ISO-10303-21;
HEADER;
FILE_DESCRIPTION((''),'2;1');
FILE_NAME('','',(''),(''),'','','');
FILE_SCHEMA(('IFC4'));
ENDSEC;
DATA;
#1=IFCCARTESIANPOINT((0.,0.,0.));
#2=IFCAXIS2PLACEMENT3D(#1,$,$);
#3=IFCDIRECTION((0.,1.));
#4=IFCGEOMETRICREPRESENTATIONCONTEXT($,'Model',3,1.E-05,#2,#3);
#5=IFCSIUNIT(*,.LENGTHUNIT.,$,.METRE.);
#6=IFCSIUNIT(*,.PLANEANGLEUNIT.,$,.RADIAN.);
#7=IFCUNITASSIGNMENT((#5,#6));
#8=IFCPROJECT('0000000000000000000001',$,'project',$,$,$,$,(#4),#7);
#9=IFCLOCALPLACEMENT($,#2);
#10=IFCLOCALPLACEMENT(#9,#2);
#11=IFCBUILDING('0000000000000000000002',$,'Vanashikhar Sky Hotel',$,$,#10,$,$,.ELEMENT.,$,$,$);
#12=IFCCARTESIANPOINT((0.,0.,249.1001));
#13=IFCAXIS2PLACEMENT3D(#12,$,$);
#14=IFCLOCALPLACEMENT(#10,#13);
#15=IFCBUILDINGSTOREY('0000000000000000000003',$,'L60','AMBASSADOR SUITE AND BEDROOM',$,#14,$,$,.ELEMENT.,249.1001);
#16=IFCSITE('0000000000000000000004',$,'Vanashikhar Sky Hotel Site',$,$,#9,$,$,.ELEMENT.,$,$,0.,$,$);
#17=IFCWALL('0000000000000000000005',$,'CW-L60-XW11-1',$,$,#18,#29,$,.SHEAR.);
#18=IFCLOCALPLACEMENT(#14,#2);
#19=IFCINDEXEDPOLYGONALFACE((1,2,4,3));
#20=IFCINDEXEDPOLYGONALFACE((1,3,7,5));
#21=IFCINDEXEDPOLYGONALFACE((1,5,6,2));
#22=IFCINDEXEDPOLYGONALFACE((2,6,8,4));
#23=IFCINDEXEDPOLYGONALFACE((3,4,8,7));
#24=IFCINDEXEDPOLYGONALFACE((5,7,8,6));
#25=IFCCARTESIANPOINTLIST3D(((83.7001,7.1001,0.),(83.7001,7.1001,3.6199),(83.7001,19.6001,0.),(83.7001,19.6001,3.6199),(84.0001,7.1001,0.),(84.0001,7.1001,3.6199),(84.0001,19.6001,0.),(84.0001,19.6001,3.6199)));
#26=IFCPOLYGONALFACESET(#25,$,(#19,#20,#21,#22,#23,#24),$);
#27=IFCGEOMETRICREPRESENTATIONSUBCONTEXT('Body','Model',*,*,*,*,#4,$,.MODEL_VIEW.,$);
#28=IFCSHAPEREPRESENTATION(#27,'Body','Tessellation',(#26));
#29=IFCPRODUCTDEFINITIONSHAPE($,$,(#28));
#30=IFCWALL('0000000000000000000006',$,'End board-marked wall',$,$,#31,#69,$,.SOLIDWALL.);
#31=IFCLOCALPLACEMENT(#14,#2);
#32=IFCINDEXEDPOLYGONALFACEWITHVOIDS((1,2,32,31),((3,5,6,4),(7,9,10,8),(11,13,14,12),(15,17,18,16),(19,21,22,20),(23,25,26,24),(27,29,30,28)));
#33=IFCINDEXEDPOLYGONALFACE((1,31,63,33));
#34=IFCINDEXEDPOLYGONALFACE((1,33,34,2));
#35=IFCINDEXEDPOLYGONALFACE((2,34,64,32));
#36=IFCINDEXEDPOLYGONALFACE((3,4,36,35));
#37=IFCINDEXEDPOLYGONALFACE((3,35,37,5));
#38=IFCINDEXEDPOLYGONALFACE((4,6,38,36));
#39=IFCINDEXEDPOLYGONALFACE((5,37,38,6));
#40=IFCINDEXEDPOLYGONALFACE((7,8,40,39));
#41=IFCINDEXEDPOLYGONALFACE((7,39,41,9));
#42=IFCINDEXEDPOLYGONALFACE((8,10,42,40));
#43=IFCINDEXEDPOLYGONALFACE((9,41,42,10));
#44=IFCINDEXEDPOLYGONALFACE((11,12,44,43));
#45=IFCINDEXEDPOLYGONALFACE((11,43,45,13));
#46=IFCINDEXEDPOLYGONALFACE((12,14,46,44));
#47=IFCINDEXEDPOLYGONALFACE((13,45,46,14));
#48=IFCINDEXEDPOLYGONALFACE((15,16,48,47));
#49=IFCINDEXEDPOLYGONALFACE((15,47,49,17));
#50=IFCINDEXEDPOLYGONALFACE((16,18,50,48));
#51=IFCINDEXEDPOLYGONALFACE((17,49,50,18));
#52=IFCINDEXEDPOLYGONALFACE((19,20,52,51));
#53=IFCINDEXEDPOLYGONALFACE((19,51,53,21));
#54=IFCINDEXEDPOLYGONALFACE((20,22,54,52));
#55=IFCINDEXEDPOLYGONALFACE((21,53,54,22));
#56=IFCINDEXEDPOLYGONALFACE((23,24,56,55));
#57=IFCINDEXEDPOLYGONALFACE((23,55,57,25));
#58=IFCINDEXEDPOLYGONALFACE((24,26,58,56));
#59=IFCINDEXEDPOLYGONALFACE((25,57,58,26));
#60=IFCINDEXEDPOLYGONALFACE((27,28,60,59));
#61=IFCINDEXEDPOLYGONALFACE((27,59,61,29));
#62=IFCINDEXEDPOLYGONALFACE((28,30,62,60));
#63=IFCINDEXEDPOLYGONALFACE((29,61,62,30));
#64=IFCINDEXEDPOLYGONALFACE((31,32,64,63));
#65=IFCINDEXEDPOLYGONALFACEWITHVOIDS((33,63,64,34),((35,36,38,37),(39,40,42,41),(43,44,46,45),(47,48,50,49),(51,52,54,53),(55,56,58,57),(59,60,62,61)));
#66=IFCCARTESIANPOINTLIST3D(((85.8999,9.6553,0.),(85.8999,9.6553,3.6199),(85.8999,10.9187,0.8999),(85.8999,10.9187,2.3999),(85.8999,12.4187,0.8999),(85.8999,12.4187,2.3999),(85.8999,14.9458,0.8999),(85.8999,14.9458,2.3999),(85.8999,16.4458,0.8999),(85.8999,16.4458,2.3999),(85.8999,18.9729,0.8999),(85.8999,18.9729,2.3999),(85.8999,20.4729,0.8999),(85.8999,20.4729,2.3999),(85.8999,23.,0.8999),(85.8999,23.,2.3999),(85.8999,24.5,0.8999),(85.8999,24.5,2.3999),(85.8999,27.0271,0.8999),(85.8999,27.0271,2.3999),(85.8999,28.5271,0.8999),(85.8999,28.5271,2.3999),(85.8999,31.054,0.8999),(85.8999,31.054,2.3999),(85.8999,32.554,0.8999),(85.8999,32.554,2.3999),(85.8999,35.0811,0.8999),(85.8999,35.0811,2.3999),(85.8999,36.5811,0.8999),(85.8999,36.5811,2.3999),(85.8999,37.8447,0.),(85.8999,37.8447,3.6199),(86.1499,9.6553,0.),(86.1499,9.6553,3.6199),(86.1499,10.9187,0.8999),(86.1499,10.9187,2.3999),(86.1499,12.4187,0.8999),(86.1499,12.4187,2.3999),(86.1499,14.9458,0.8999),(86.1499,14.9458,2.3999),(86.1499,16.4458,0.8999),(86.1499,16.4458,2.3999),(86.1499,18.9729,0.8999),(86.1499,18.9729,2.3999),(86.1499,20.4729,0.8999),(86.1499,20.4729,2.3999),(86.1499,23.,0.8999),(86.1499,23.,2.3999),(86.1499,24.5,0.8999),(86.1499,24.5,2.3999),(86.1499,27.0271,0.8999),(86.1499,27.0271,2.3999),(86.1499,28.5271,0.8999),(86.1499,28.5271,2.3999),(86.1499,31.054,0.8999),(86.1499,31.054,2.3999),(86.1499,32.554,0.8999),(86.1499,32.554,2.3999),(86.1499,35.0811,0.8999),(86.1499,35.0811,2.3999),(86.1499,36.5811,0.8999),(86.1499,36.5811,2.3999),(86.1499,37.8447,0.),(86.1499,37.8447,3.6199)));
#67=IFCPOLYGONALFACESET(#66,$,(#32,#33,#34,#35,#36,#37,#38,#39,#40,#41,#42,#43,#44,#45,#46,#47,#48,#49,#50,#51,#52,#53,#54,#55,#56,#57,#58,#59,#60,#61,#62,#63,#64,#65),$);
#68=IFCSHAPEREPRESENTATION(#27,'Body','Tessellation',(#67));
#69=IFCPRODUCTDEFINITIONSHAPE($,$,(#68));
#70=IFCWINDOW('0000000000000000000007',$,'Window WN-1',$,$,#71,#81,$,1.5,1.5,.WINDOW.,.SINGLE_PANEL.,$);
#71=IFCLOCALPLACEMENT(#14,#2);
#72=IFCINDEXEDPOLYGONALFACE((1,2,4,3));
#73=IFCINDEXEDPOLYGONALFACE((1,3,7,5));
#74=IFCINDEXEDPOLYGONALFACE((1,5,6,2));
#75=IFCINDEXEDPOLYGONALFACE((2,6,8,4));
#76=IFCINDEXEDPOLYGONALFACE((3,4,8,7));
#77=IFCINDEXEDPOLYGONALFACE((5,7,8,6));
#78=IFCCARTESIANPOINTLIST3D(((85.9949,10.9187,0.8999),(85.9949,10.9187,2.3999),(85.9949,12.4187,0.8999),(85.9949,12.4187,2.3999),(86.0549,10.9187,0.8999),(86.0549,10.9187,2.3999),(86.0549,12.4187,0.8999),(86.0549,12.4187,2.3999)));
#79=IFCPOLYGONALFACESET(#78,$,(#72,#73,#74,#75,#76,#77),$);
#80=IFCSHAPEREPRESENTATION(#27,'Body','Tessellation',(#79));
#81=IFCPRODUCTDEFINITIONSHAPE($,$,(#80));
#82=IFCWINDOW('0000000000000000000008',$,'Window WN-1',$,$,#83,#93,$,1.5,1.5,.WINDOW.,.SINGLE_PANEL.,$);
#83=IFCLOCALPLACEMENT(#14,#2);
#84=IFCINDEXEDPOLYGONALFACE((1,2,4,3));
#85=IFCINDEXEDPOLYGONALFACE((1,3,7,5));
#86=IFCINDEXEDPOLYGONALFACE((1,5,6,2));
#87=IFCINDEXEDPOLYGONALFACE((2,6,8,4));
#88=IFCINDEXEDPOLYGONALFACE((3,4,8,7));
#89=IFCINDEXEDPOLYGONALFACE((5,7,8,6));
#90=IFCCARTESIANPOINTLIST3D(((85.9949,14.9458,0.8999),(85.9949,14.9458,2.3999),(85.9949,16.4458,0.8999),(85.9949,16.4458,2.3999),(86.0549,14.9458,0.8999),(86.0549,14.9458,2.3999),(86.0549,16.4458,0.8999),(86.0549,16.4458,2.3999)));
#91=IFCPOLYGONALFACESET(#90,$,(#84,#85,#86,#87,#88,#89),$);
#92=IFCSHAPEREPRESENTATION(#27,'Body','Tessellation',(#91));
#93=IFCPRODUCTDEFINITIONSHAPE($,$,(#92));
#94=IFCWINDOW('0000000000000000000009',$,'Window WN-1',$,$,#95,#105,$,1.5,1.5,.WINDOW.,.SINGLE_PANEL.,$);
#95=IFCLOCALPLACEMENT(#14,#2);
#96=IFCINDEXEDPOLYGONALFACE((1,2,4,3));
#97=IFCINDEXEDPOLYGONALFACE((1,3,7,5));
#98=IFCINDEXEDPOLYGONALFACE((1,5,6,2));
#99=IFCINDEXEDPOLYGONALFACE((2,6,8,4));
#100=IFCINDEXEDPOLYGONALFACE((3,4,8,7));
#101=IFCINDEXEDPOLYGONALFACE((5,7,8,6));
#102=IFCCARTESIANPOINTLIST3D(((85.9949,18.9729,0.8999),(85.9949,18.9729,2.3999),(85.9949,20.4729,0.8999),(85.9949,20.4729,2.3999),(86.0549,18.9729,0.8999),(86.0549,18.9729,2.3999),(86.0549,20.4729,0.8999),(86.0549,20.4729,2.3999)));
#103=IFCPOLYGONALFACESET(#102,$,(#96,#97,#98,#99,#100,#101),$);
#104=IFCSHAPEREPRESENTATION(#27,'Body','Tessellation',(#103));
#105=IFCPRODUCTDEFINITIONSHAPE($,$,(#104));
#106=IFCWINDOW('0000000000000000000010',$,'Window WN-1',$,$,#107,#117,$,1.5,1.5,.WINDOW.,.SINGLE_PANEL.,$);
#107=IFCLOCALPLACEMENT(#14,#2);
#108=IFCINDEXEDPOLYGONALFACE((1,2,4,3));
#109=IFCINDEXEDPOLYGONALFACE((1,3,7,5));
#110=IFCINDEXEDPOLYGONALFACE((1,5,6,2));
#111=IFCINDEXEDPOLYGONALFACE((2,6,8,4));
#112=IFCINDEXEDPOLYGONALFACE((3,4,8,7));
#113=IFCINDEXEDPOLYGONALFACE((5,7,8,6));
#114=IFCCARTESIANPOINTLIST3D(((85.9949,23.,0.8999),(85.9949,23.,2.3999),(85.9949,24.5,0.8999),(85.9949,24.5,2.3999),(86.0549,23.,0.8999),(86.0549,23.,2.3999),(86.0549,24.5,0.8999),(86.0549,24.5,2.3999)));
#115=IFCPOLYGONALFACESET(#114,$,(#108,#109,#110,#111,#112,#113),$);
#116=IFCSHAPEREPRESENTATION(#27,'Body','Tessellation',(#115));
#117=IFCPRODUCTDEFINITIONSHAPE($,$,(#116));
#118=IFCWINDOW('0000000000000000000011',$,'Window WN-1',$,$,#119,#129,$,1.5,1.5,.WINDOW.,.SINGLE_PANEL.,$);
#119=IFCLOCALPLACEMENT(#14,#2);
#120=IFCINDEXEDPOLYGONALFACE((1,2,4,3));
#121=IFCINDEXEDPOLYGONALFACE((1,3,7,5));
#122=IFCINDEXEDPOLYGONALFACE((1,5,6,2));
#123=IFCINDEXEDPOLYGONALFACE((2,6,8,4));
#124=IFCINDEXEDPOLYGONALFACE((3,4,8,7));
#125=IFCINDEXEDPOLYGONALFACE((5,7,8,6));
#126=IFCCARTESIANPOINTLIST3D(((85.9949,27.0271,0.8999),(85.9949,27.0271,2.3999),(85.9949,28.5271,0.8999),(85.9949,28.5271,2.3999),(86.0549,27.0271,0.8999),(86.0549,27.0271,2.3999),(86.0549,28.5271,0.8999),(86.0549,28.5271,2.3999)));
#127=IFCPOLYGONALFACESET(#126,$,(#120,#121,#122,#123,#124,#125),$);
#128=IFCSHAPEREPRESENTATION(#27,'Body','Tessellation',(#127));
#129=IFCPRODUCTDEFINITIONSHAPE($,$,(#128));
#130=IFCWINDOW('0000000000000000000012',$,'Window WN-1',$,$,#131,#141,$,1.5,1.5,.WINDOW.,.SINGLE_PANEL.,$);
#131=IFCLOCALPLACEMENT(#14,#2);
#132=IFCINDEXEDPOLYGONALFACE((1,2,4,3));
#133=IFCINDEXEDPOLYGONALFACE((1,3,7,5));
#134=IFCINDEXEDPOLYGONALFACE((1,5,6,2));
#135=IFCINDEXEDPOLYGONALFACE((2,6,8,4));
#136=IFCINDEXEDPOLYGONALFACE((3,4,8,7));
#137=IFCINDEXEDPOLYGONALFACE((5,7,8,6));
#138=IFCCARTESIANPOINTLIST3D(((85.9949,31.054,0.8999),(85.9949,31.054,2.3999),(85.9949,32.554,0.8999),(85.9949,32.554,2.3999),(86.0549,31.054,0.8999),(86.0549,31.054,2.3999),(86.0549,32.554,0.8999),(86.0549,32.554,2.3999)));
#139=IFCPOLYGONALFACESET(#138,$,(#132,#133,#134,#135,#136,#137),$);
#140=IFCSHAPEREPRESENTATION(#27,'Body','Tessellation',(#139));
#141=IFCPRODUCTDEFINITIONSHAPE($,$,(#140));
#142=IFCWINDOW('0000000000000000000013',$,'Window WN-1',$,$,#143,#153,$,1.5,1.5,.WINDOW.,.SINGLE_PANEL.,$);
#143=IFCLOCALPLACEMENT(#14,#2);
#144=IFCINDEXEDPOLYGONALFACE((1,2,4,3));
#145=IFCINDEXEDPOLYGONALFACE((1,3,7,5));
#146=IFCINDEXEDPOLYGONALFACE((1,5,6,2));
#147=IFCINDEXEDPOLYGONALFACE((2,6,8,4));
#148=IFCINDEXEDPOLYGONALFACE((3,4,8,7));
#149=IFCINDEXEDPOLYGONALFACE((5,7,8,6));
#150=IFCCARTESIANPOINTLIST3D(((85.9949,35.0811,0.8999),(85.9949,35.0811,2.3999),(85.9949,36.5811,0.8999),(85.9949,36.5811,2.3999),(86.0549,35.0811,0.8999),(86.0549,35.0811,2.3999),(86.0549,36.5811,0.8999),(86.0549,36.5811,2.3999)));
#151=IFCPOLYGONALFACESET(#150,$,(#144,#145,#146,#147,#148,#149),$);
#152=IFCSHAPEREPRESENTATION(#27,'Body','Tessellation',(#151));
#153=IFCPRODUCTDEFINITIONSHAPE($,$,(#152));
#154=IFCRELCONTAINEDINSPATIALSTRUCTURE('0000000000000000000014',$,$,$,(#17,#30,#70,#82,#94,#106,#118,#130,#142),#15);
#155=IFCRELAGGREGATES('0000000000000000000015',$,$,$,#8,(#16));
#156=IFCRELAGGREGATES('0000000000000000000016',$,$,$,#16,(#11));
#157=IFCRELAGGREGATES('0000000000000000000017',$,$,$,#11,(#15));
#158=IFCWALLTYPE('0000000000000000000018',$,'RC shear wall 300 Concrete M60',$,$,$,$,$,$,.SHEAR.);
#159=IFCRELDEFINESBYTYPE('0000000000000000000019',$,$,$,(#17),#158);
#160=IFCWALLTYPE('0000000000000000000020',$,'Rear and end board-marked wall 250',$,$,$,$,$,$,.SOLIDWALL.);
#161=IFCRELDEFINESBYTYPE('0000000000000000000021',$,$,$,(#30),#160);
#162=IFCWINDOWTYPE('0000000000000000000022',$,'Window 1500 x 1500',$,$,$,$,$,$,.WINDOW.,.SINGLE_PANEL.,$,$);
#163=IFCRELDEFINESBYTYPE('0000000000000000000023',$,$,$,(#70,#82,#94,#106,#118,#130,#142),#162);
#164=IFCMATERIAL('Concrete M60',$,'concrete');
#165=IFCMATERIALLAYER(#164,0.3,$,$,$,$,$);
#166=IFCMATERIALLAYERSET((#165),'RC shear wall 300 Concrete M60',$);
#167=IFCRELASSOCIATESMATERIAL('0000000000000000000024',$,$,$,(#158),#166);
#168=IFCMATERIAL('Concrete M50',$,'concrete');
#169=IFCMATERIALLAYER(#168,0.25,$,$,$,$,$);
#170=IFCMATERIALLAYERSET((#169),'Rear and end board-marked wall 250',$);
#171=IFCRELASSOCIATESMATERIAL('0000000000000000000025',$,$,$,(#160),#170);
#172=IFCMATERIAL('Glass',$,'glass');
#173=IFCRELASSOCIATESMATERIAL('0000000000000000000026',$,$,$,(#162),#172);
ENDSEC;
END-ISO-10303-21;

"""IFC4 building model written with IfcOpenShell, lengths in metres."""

from ifc_helpers import new_model, si_unit, direction, frame, frame_2d, origin, place, context, subcontext, project, spatial, rectangle, extrude, source, transform, mapped, material, layer, layer_set, type_object, element, fill, save


model = new_model("IFC4")

# Units and contexts
model_context = context("Model", 3, precision=1e-05, world=origin(), true_north=direction((0.0, 1.0)))
body_context = subcontext(model_context, "Body", "Model", "MODEL_VIEW")
ifc_project = project(units=[si_unit("LENGTHUNIT", "METRE"), si_unit("PLANEANGLEUNIT", "RADIAN")], contexts=[model_context])

# Site, building, storey
site_placement = place(None, origin())
site = spatial("IfcSite", under=ifc_project, at=site_placement, Name="Vanashikhar Sky Hotel Site", CompositionType="ELEMENT", RefElevation=0.0)
building_placement = place(site_placement, origin())
building = spatial("IfcBuilding", under=site, at=building_placement, Name="Vanashikhar Sky Hotel", CompositionType="ELEMENT")
storey_placement = place(building_placement, frame((0.0, 0.0, 249.1001)))
storey = spatial("IfcBuildingStorey", under=building, at=storey_placement, Name="L60", Description="AMBASSADOR SUITE AND BEDROOM", CompositionType="ELEMENT", Elevation=249.1001)

# Wall
ifc_material_1 = material(Name="Concrete M60", Category="concrete")
ifc_layer_1 = layer(ifc_material_1, 0.3)
ifc_layer_set_1 = layer_set([ifc_layer_1], Name="RC shear wall 300 Concrete M60")
wall_type_1 = type_object("IfcWallType", Name="RC shear wall 300 Concrete M60", PredefinedType="SHEAR", material=ifc_layer_set_1)
shared_shape_1 = source(origin(), body_context, "Body", "SweptSolid", [
    extrude(rectangle(XDim=12.5, YDim=0.3, at=frame_2d((6.25, 0.0))), origin(), (0.0, 0.0, 1.0), 3.6199),
])
wall_1_placement = place(storey_placement, frame((83.8501, 7.1001, 0.0), z_axis=(0.0, 0.0, 1.0), x_axis=(0.0, 1.0, 0.0)))
element("IfcWall", 1, at=wall_1_placement, inside=storey, type_object=wall_type_1, Name="CW-L60-XW11-1", PredefinedType="SHEAR", context=body_context, shape_type="MappedRepresentation", body=[
    mapped(shared_shape_1, transform((0.0, 0.0, 0.0), scale=1.0)),
])

# Wall, openings, windows
ifc_material_2 = material(Name="Concrete M50", Category="concrete")
ifc_layer_2 = layer(ifc_material_2, 0.25)
ifc_layer_set_2 = layer_set([ifc_layer_2], Name="Rear and end board-marked wall 250")
wall_type_2 = type_object("IfcWallType", Name="Rear and end board-marked wall 250", PredefinedType="SOLIDWALL", material=ifc_layer_set_2)
shared_shape_2 = source(origin(), body_context, "Body", "SweptSolid", [
    extrude(rectangle(XDim=28.1895, YDim=0.25, at=frame_2d((14.0947, 0.0))), origin(), (0.0, 0.0, 1.0), 3.6199),
])
wall_2_placement = place(storey_placement, frame((86.0249, 9.6553, 0.0), z_axis=(0.0, 0.0, 1.0), x_axis=(0.0, 1.0, 0.0)))
wall_2 = element("IfcWall", 2, at=wall_2_placement, inside=storey, type_object=wall_type_2, Name="End board-marked wall", PredefinedType="SOLIDWALL", context=body_context, shape_type="MappedRepresentation", body=[
    mapped(shared_shape_2, transform((0.0, 0.0, 0.0), scale=1.0)),
])
shared_shape_3 = source(origin(), body_context, "Body", "SweptSolid", [
    extrude(rectangle(XDim=1.5, YDim=1.5, at=frame_2d((0.75, 0.75))), frame((0.0, 0.135, 0.0), z_axis=(0.0, -1.0, 0.0), x_axis=(1.0, 0.0, 0.0)), (0.0, 0.0, 1.0), 0.27),
])
opening_1_placement = place(wall_2_placement, frame((1.2634, 0.0, 0.8999)))
opening_1 = element("IfcOpeningElement", 3, at=opening_1_placement, cuts=wall_2, PredefinedType="OPENING", context=body_context, shape_type="MappedRepresentation", body=[
    mapped(shared_shape_3, transform((0.0, 0.0, 0.0), scale=1.0)),
])
opening_2_placement = place(wall_2_placement, frame((5.2905, 0.0, 0.8999)))
opening_2 = element("IfcOpeningElement", 4, at=opening_2_placement, cuts=wall_2, PredefinedType="OPENING", context=body_context, shape_type="MappedRepresentation", body=[
    mapped(shared_shape_3, transform((0.0, 0.0, 0.0), scale=1.0)),
])
opening_3_placement = place(wall_2_placement, frame((9.3176, 0.0, 0.8999)))
opening_3 = element("IfcOpeningElement", 5, at=opening_3_placement, cuts=wall_2, PredefinedType="OPENING", context=body_context, shape_type="MappedRepresentation", body=[
    mapped(shared_shape_3, transform((0.0, 0.0, 0.0), scale=1.0)),
])
opening_4_placement = place(wall_2_placement, frame((13.3447, 0.0, 0.8999)))
opening_4 = element("IfcOpeningElement", 6, at=opening_4_placement, cuts=wall_2, PredefinedType="OPENING", context=body_context, shape_type="MappedRepresentation", body=[
    mapped(shared_shape_3, transform((0.0, 0.0, 0.0), scale=1.0)),
])
opening_5_placement = place(wall_2_placement, frame((17.3718, 0.0, 0.8999)))
opening_5 = element("IfcOpeningElement", 7, at=opening_5_placement, cuts=wall_2, PredefinedType="OPENING", context=body_context, shape_type="MappedRepresentation", body=[
    mapped(shared_shape_3, transform((0.0, 0.0, 0.0), scale=1.0)),
])
opening_6_placement = place(wall_2_placement, frame((21.3987, 0.0, 0.8999)))
opening_6 = element("IfcOpeningElement", 8, at=opening_6_placement, cuts=wall_2, PredefinedType="OPENING", context=body_context, shape_type="MappedRepresentation", body=[
    mapped(shared_shape_3, transform((0.0, 0.0, 0.0), scale=1.0)),
])
opening_7_placement = place(wall_2_placement, frame((25.4258, 0.0, 0.8999)))
opening_7 = element("IfcOpeningElement", 9, at=opening_7_placement, cuts=wall_2, PredefinedType="OPENING", context=body_context, shape_type="MappedRepresentation", body=[
    mapped(shared_shape_3, transform((0.0, 0.0, 0.0), scale=1.0)),
])
ifc_material_3 = material(Name="Glass", Category="glass")
window_type = type_object("IfcWindowType", Name="Window 1500 x 1500", PartitioningType="SINGLE_PANEL", PredefinedType="WINDOW", material=ifc_material_3)
shared_shape_4 = source(origin(), body_context, "Body", "SweptSolid", [
    extrude(rectangle(XDim=1.5, YDim=1.5, at=frame_2d((0.75, 0.75))), frame((0.0, 0.03, 0.0), z_axis=(0.0, -1.0, 0.0), x_axis=(1.0, 0.0, 0.0)), (0.0, 0.0, 1.0), 0.0601),
])
window_1_placement = place(opening_1_placement, origin())
window_1 = element("IfcWindow", 10, at=window_1_placement, inside=storey, type_object=window_type, Name="Window WN-1", OverallHeight=1.5, OverallWidth=1.5, PartitioningType="SINGLE_PANEL", PredefinedType="WINDOW", context=body_context, shape_type="MappedRepresentation", body=[
    mapped(shared_shape_4, transform((0.0, 0.0, 0.0), scale=1.0)),
])
fill(opening_1, window_1)
window_2_placement = place(opening_2_placement, origin())
window_2 = element("IfcWindow", 11, at=window_2_placement, inside=storey, type_object=window_type, Name="Window WN-1", OverallHeight=1.5, OverallWidth=1.5, PartitioningType="SINGLE_PANEL", PredefinedType="WINDOW", context=body_context, shape_type="MappedRepresentation", body=[
    mapped(shared_shape_4, transform((0.0, 0.0, 0.0), scale=1.0)),
])
fill(opening_2, window_2)
window_3_placement = place(opening_3_placement, origin())
window_3 = element("IfcWindow", 12, at=window_3_placement, inside=storey, type_object=window_type, Name="Window WN-1", OverallHeight=1.5, OverallWidth=1.5, PartitioningType="SINGLE_PANEL", PredefinedType="WINDOW", context=body_context, shape_type="MappedRepresentation", body=[
    mapped(shared_shape_4, transform((0.0, 0.0, 0.0), scale=1.0)),
])
fill(opening_3, window_3)
window_4_placement = place(opening_4_placement, origin())
window_4 = element("IfcWindow", 13, at=window_4_placement, inside=storey, type_object=window_type, Name="Window WN-1", OverallHeight=1.5, OverallWidth=1.5, PartitioningType="SINGLE_PANEL", PredefinedType="WINDOW", context=body_context, shape_type="MappedRepresentation", body=[
    mapped(shared_shape_4, transform((0.0, 0.0, 0.0), scale=1.0)),
])
fill(opening_4, window_4)
window_5_placement = place(opening_5_placement, origin())
window_5 = element("IfcWindow", 14, at=window_5_placement, inside=storey, type_object=window_type, Name="Window WN-1", OverallHeight=1.5, OverallWidth=1.5, PartitioningType="SINGLE_PANEL", PredefinedType="WINDOW", context=body_context, shape_type="MappedRepresentation", body=[
    mapped(shared_shape_4, transform((0.0, 0.0, 0.0), scale=1.0)),
])
fill(opening_5, window_5)
window_6_placement = place(opening_6_placement, origin())
window_6 = element("IfcWindow", 15, at=window_6_placement, inside=storey, type_object=window_type, Name="Window WN-1", OverallHeight=1.5, OverallWidth=1.5, PartitioningType="SINGLE_PANEL", PredefinedType="WINDOW", context=body_context, shape_type="MappedRepresentation", body=[
    mapped(shared_shape_4, transform((0.0, 0.0, 0.0), scale=1.0)),
])
fill(opening_6, window_6)
window_7_placement = place(opening_7_placement, origin())
window_7 = element("IfcWindow", 16, at=window_7_placement, inside=storey, type_object=window_type, Name="Window WN-1", OverallHeight=1.5, OverallWidth=1.5, PartitioningType="SINGLE_PANEL", PredefinedType="WINDOW", context=body_context, shape_type="MappedRepresentation", body=[
    mapped(shared_shape_4, transform((0.0, 0.0, 0.0), scale=1.0)),
])
fill(opening_7, window_7)

save(model, "model.ifc")
